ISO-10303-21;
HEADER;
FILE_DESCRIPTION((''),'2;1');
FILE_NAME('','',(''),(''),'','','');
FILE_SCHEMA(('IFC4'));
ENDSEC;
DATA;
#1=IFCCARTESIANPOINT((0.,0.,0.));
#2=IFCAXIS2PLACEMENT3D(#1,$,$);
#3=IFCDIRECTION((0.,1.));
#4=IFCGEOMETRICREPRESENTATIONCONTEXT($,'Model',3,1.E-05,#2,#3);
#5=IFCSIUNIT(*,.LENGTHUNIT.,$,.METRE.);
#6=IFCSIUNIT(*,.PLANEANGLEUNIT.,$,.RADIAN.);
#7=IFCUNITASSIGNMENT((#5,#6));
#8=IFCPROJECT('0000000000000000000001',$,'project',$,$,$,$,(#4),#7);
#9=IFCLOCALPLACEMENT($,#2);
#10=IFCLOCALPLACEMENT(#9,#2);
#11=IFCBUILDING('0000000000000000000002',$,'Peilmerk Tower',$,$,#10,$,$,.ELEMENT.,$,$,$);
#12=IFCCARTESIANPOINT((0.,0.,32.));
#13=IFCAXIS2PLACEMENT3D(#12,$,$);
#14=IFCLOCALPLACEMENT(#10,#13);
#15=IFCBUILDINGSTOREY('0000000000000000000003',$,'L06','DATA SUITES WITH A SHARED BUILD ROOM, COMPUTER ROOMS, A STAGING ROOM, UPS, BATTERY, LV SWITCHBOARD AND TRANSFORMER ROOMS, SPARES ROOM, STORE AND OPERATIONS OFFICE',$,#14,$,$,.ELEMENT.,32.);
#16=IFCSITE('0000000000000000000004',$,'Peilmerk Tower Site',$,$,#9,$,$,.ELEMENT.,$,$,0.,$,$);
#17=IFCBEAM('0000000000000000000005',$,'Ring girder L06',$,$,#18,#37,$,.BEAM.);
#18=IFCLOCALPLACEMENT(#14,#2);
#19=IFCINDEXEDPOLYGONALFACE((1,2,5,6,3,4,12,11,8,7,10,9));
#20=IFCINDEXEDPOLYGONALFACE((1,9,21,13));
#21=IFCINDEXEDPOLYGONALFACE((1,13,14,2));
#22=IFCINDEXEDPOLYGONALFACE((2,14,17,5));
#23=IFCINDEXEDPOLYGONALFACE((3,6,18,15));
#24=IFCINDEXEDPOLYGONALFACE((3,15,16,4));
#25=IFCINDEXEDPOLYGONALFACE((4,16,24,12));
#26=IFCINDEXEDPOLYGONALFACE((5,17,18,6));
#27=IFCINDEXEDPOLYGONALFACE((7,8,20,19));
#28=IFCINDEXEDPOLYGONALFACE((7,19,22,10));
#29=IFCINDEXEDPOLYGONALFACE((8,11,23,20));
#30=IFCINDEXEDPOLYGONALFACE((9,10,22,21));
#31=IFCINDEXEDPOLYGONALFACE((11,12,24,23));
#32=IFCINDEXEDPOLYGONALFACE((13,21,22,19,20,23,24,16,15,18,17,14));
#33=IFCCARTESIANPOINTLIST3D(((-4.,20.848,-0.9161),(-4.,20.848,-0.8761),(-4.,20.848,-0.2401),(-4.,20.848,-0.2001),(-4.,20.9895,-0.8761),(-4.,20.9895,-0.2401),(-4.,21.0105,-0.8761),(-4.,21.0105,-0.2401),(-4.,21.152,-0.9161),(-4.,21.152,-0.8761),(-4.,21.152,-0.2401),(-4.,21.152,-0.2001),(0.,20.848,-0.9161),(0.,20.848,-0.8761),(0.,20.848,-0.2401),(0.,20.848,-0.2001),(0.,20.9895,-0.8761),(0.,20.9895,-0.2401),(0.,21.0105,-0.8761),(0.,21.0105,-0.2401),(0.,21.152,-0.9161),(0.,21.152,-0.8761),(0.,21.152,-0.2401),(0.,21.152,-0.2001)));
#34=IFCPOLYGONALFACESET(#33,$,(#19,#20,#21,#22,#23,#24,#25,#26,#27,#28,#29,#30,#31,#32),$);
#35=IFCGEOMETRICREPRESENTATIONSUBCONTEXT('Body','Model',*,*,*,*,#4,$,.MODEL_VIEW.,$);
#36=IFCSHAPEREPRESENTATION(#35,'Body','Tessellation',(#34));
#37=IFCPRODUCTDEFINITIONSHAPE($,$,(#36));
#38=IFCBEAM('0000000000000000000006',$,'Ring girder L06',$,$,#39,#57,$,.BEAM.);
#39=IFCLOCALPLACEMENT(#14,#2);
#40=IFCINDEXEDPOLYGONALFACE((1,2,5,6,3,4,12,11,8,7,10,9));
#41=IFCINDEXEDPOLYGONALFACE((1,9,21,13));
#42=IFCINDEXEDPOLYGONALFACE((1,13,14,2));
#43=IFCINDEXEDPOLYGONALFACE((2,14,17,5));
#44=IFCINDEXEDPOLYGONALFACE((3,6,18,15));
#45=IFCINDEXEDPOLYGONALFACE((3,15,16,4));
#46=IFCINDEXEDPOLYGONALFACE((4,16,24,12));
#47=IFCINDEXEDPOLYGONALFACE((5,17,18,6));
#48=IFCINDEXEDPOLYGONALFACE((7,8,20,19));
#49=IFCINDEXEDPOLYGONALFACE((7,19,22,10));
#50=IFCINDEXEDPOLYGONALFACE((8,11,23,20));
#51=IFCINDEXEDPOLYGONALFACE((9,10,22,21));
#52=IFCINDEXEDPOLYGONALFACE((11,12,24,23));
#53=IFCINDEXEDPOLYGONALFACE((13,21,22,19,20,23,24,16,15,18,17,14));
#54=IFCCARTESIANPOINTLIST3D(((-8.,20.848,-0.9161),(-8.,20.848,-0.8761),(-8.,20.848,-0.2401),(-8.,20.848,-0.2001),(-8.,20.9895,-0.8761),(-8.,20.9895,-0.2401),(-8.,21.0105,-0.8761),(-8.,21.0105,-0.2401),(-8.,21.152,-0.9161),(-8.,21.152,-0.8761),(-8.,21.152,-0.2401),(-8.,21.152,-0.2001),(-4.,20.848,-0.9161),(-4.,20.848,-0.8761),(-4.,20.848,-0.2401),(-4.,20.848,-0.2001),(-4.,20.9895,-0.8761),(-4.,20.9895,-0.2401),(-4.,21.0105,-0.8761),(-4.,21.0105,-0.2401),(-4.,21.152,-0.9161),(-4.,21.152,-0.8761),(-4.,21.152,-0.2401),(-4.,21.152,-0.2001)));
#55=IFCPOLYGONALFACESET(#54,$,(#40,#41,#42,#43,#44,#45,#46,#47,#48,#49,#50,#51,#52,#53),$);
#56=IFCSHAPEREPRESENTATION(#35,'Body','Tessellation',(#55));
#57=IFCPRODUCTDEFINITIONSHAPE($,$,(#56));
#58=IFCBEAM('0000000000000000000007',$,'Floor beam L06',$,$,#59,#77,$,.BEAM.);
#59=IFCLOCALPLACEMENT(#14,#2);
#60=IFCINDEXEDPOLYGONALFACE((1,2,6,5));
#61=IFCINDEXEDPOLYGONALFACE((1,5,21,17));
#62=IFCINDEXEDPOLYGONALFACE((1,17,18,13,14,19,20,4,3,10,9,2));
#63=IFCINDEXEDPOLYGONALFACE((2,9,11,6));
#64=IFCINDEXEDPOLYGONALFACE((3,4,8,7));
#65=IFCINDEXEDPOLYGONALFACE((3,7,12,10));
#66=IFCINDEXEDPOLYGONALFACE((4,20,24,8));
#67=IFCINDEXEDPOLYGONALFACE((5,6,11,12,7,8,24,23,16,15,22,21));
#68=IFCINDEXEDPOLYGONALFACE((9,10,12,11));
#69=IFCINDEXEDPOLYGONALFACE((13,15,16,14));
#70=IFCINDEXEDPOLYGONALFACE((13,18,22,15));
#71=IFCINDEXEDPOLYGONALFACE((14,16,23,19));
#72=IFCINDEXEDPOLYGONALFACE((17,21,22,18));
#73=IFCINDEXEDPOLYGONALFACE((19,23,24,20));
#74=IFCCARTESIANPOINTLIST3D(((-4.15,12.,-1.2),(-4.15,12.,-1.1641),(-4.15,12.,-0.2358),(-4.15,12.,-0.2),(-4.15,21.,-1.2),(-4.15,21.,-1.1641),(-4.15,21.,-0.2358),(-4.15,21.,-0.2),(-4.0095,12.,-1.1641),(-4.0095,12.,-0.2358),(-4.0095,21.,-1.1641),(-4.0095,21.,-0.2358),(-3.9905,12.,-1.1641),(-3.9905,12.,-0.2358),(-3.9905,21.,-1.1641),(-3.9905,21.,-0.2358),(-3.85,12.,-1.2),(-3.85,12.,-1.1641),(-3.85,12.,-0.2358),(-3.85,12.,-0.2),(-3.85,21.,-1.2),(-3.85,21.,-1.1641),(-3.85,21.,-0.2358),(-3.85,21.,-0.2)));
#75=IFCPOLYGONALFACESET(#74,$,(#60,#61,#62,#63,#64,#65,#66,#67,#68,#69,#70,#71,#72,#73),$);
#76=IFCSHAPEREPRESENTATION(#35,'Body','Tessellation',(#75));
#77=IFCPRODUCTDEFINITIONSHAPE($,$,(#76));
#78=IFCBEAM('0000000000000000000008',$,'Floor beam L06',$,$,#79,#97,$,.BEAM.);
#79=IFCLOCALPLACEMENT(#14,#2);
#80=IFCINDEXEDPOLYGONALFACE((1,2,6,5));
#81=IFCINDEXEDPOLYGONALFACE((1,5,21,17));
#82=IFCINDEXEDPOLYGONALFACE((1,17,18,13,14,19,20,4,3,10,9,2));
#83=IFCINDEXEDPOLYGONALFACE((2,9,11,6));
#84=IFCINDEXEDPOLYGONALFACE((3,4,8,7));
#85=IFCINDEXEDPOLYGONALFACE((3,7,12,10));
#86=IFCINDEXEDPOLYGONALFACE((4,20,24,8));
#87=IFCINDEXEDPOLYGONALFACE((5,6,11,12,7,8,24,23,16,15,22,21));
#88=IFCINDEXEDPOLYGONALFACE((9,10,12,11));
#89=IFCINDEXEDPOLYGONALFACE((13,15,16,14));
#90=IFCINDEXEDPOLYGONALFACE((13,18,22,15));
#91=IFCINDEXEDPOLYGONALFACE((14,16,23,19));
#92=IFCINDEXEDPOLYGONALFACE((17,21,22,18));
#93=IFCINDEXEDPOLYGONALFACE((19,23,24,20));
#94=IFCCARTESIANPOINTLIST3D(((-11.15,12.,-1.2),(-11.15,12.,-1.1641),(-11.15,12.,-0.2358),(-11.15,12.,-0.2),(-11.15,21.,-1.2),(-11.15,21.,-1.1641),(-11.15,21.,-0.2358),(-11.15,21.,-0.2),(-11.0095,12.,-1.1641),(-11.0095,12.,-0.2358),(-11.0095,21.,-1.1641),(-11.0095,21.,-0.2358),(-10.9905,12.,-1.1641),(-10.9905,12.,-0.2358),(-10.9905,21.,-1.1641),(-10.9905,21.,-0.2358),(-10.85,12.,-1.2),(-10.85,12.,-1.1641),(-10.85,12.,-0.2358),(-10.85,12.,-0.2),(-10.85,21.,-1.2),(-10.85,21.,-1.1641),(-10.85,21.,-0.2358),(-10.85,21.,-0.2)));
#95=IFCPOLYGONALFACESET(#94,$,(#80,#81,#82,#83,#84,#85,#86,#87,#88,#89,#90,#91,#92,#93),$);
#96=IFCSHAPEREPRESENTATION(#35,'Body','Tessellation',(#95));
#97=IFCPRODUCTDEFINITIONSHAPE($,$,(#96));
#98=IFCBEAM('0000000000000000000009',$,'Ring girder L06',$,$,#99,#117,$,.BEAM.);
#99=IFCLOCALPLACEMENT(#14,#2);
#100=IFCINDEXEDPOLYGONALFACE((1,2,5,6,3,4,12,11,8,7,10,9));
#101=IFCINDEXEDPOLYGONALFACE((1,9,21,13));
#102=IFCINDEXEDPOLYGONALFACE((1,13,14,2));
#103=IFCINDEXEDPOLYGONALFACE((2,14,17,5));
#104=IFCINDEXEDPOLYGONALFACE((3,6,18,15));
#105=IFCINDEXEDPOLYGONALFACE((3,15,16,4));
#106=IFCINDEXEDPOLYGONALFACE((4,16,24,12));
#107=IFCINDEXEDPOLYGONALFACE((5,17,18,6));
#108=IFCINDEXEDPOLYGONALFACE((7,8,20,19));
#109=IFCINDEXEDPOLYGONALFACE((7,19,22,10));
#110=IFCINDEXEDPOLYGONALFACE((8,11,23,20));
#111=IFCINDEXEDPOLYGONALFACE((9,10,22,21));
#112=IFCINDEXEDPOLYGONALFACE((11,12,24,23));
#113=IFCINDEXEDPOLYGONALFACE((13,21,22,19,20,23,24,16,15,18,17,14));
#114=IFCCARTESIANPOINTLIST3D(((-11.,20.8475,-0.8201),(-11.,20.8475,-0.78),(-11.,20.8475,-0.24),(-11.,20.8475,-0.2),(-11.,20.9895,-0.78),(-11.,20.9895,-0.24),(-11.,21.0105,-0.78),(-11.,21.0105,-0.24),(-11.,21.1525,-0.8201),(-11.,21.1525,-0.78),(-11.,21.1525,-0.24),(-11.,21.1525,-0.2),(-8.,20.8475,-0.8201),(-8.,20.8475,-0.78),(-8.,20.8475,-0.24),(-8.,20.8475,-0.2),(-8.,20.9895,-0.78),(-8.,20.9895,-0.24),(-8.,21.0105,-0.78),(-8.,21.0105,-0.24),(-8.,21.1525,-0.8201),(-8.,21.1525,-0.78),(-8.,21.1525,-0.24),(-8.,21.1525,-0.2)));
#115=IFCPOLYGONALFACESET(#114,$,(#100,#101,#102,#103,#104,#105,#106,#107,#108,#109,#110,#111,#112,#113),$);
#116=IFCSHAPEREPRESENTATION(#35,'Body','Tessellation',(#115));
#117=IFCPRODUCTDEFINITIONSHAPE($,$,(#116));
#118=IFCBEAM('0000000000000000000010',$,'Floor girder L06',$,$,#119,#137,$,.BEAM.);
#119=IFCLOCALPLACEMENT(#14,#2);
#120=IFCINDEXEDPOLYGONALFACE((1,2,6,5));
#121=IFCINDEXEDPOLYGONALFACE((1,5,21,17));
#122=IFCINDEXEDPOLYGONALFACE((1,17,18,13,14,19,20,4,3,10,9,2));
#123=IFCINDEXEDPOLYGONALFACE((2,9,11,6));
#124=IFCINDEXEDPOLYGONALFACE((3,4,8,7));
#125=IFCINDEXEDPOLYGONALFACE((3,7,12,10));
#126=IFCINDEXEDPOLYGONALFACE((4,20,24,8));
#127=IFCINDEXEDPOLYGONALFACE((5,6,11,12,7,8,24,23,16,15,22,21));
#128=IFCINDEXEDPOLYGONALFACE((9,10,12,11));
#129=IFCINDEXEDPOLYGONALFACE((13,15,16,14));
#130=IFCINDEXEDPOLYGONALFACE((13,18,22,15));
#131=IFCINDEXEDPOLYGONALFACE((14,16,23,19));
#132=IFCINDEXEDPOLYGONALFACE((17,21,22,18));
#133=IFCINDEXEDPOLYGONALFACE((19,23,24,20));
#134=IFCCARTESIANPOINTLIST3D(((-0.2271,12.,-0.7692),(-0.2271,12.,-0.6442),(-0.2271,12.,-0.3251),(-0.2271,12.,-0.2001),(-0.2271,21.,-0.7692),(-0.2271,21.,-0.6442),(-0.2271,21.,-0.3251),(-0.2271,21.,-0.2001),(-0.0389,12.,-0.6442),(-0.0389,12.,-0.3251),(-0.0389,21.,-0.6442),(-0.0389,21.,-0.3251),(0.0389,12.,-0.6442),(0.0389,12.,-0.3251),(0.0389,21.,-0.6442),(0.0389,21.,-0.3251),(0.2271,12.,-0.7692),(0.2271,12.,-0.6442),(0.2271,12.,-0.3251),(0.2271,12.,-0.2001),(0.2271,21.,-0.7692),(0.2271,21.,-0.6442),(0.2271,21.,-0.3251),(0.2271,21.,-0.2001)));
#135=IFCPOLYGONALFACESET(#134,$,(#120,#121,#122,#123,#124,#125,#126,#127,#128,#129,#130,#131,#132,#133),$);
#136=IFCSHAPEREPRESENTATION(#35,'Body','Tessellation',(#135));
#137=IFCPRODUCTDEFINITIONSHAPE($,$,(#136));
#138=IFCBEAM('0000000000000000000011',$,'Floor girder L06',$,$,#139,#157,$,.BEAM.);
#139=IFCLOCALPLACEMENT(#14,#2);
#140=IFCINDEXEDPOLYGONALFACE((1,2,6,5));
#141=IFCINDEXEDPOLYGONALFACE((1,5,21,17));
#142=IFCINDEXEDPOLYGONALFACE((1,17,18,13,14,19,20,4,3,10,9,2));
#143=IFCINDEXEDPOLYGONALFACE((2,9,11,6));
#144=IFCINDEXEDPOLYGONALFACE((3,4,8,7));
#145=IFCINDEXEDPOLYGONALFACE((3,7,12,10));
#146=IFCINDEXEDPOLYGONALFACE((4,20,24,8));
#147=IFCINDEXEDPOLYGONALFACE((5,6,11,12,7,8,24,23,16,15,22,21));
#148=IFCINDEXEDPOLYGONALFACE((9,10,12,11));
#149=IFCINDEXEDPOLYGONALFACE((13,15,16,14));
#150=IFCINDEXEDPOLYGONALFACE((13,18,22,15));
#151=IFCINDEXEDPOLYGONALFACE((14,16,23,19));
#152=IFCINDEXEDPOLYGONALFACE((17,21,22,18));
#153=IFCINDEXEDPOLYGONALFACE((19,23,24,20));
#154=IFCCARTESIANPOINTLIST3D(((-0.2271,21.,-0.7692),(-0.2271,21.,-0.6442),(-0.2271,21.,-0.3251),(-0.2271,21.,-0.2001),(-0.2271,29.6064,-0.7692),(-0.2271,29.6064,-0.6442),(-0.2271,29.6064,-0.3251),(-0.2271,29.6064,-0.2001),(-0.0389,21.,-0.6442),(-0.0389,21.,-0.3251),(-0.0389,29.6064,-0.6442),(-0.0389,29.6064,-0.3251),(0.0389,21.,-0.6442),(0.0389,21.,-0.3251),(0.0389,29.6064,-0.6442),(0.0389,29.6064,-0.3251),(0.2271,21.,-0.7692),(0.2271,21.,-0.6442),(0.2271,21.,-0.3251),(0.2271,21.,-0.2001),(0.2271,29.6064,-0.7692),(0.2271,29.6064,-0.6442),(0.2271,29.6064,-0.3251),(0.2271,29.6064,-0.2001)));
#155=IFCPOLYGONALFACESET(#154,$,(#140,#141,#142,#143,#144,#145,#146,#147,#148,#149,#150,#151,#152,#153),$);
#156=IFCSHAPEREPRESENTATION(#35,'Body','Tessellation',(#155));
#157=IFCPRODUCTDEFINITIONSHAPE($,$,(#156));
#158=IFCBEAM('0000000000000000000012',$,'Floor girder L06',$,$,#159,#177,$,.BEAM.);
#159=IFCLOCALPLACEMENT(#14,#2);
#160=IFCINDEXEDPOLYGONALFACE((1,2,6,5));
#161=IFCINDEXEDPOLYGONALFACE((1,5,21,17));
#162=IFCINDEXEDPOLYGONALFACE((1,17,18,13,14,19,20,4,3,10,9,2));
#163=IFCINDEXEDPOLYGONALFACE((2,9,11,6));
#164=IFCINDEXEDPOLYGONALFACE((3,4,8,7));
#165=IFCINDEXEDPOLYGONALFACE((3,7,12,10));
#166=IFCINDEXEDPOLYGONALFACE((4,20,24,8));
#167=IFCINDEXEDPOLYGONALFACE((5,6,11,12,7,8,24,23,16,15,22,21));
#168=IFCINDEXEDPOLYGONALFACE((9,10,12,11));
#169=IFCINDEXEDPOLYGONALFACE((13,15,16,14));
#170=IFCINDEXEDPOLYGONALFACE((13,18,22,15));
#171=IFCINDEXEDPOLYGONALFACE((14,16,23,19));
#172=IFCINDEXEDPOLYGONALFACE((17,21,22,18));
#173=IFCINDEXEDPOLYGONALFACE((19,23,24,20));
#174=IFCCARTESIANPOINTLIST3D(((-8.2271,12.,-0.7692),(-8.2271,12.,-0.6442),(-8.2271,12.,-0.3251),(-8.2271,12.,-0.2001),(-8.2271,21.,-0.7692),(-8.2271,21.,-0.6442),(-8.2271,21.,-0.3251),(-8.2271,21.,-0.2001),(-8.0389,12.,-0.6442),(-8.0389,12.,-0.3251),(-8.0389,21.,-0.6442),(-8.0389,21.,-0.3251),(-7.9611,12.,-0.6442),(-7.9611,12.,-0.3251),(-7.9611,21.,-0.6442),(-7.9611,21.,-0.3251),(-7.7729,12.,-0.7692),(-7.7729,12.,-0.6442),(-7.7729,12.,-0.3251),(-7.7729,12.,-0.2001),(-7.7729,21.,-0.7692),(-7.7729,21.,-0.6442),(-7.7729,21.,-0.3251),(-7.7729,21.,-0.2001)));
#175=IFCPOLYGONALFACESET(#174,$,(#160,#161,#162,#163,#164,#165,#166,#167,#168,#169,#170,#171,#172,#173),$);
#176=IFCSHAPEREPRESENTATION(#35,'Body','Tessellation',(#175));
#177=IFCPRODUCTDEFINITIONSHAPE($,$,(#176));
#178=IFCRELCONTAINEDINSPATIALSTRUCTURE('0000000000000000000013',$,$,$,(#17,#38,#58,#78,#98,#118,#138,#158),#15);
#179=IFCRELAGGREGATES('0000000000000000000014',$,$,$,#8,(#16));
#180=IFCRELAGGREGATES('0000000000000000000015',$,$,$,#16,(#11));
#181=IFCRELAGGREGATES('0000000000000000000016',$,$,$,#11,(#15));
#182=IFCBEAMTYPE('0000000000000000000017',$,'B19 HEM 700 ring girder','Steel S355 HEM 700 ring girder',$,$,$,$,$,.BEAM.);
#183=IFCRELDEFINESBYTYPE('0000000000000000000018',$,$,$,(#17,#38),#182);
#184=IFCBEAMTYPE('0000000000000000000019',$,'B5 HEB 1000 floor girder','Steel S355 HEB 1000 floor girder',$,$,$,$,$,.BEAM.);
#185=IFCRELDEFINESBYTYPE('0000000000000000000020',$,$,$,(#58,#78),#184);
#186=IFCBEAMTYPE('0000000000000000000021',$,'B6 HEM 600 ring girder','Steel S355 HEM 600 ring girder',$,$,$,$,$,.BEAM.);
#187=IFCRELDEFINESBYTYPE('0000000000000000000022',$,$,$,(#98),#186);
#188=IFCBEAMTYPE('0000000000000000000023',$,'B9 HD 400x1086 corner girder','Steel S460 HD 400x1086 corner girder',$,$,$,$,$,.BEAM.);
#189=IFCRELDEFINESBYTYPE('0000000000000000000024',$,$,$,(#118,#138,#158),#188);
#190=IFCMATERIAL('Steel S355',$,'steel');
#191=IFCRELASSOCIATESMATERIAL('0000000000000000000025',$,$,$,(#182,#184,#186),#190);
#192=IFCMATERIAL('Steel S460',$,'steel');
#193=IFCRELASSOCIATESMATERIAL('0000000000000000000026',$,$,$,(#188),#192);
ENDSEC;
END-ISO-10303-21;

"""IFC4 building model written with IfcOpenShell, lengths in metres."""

from ifc_helpers import new_model, si_unit, direction, frame, origin, origin_2d, place, context, subcontext, project, spatial, i_section, extrude, material, material_profile, profile_set, type_object, element, save


model = new_model("IFC4")

# Units and contexts
model_context = context("Model", 3, precision=1e-05, world=origin(), true_north=direction((0.0, 1.0)))
body_context = subcontext(model_context, "Body", "Model", "MODEL_VIEW")
ifc_project = project(units=[si_unit("LENGTHUNIT", "METRE"), si_unit("PLANEANGLEUNIT", "RADIAN")], contexts=[model_context])

# Site, building, storey
site_placement = place(None, origin())
site = spatial("IfcSite", under=ifc_project, at=site_placement, Name="Peilmerk Tower Site", CompositionType="ELEMENT", RefElevation=0.0)
building_placement = place(site_placement, origin())
building = spatial("IfcBuilding", under=site, at=building_placement, Name="Peilmerk Tower", CompositionType="ELEMENT")
storey_placement = place(building_placement, frame((0.0, 0.0, 32.0)))
storey = spatial("IfcBuildingStorey", under=building, at=storey_placement, Name="L06", Description="DATA SUITES WITH A SHARED BUILD ROOM, COMPUTER ROOMS, A STAGING ROOM, UPS, BATTERY, LV SWITCHBOARD AND TRANSFORMER ROOMS, SPARES ROOM, STORE AND OPERATIONS OFFICE", CompositionType="ELEMENT", Elevation=32.0)

# Beams
ifc_material_1 = material(Name="Steel S355", Category="steel")
ifc_material_profile_1 = material_profile(ifc_material_1, i_section(OverallWidth=0.304, OverallDepth=0.7161, WebThickness=0.021, FlangeThickness=0.04, at=origin_2d()), Name="HEM 700")
ifc_profile_set_1 = profile_set([ifc_material_profile_1], Name="Steel S355")
beam_type_1 = type_object("IfcBeamType", Name="B19 HEM 700 ring girder", Description="Steel S355 HEM 700 ring girder", PredefinedType="BEAM", material=ifc_profile_set_1)
for number, where, z_axis, x_axis, name in (
    (1, (0.0, 21.0, -0.5581), (-1.0, 0.0, 0.0), (0.0, -1.0, 0.0), "Ring girder L06"),
    (2, (-4.0, 21.0, -0.5581), (-1.0, 0.0, 0.0), (0.0, -1.0, 0.0), "Ring girder L06"),
):
    element("IfcBeam", number, at=place(storey_placement, frame(where, z_axis=z_axis, x_axis=x_axis)), inside=storey, type_object=beam_type_1, Name=name, PredefinedType="BEAM", context=body_context, shape_type="SweptSolid", body=[
        extrude(i_section(OverallWidth=0.304, OverallDepth=0.7161, WebThickness=0.021, FlangeThickness=0.04, at=origin_2d()), origin(), (0.0, 0.0, 1.0), 4.0),
    ])
ifc_material_profile_2 = material_profile(ifc_material_1, i_section(OverallWidth=0.3, OverallDepth=1.0, WebThickness=0.019, FlangeThickness=0.0359, at=origin_2d()), Name="HEB 1000")
ifc_profile_set_2 = profile_set([ifc_material_profile_2], Name="Steel S355")
beam_type_2 = type_object("IfcBeamType", Name="B5 HEB 1000 floor girder", Description="Steel S355 HEB 1000 floor girder", PredefinedType="BEAM", material=ifc_profile_set_2)
for number, where, z_axis, x_axis, name in (
    (3, (-4.0, 12.0, -0.7), (0.0, 1.0, 0.0), (-1.0, 0.0, 0.0), "Floor beam L06"),
    (4, (-11.0, 12.0, -0.7), (0.0, 1.0, 0.0), (-1.0, 0.0, 0.0), "Floor beam L06"),
):
    element("IfcBeam", number, at=place(storey_placement, frame(where, z_axis=z_axis, x_axis=x_axis)), inside=storey, type_object=beam_type_2, Name=name, PredefinedType="BEAM", context=body_context, shape_type="SweptSolid", body=[
        extrude(i_section(OverallWidth=0.3, OverallDepth=1.0, WebThickness=0.019, FlangeThickness=0.0359, at=origin_2d()), origin(), (0.0, 0.0, 1.0), 9.0),
    ])
ifc_material_profile_3 = material_profile(ifc_material_1, i_section(OverallWidth=0.3049, OverallDepth=0.6201, WebThickness=0.021, FlangeThickness=0.04, at=origin_2d()), Name="HEM 600")
ifc_profile_set_3 = profile_set([ifc_material_profile_3], Name="Steel S355")
beam_type_3 = type_object("IfcBeamType", Name="B6 HEM 600 ring girder", Description="Steel S355 HEM 600 ring girder", PredefinedType="BEAM", material=ifc_profile_set_3)
beam_1_placement = place(storey_placement, frame((-8.0, 21.0, -0.51), z_axis=(-1.0, 0.0, 0.0), x_axis=(0.0, -1.0, 0.0)))
element("IfcBeam", 5, at=beam_1_placement, inside=storey, type_object=beam_type_3, Name="Ring girder L06", PredefinedType="BEAM", context=body_context, shape_type="SweptSolid", body=[
    extrude(i_section(OverallWidth=0.3049, OverallDepth=0.6201, WebThickness=0.021, FlangeThickness=0.04, at=origin_2d()), origin(), (0.0, 0.0, 1.0), 3.0),
])
ifc_material_2 = material(Name="Steel S460", Category="steel")
ifc_material_profile_4 = material_profile(ifc_material_2, i_section(OverallWidth=0.4541, OverallDepth=0.5691, WebThickness=0.0779, FlangeThickness=0.125, at=origin_2d()), Name="HD 400x1086")
ifc_profile_set_4 = profile_set([ifc_material_profile_4], Name="Steel S460")
beam_type_4 = type_object("IfcBeamType", Name="B9 HD 400x1086 corner girder", Description="Steel S460 HD 400x1086 corner girder", PredefinedType="BEAM", material=ifc_profile_set_4)
beam_2_placement = place(storey_placement, frame((0.0, 12.0, -0.4846), z_axis=(0.0, 1.0, 0.0), x_axis=(-1.0, 0.0, 0.0)))
element("IfcBeam", 6, at=beam_2_placement, inside=storey, type_object=beam_type_4, Name="Floor girder L06", PredefinedType="BEAM", context=body_context, shape_type="SweptSolid", body=[
    extrude(i_section(OverallWidth=0.4541, OverallDepth=0.5691, WebThickness=0.0779, FlangeThickness=0.125, at=origin_2d()), origin(), (0.0, 0.0, 1.0), 9.0),
])
beam_3_placement = place(storey_placement, frame((0.0, 21.0, -0.4846), z_axis=(0.0, 1.0, 0.0), x_axis=(-1.0, 0.0, 0.0)))
element("IfcBeam", 7, at=beam_3_placement, inside=storey, type_object=beam_type_4, Name="Floor girder L06", PredefinedType="BEAM", context=body_context, shape_type="SweptSolid", body=[
    extrude(i_section(OverallWidth=0.4541, OverallDepth=0.5691, WebThickness=0.0779, FlangeThickness=0.125, at=origin_2d()), origin(), (0.0, 0.0, 1.0), 8.6064),
])
beam_4_placement = place(storey_placement, frame((-8.0, 12.0, -0.4846), z_axis=(0.0, 1.0, 0.0), x_axis=(-1.0, 0.0, 0.0)))
element("IfcBeam", 8, at=beam_4_placement, inside=storey, type_object=beam_type_4, Name="Floor girder L06", PredefinedType="BEAM", context=body_context, shape_type="SweptSolid", body=[
    extrude(i_section(OverallWidth=0.4541, OverallDepth=0.5691, WebThickness=0.0779, FlangeThickness=0.125, at=origin_2d()), origin(), (0.0, 0.0, 1.0), 9.0),
])

save(model, "model.ifc")
